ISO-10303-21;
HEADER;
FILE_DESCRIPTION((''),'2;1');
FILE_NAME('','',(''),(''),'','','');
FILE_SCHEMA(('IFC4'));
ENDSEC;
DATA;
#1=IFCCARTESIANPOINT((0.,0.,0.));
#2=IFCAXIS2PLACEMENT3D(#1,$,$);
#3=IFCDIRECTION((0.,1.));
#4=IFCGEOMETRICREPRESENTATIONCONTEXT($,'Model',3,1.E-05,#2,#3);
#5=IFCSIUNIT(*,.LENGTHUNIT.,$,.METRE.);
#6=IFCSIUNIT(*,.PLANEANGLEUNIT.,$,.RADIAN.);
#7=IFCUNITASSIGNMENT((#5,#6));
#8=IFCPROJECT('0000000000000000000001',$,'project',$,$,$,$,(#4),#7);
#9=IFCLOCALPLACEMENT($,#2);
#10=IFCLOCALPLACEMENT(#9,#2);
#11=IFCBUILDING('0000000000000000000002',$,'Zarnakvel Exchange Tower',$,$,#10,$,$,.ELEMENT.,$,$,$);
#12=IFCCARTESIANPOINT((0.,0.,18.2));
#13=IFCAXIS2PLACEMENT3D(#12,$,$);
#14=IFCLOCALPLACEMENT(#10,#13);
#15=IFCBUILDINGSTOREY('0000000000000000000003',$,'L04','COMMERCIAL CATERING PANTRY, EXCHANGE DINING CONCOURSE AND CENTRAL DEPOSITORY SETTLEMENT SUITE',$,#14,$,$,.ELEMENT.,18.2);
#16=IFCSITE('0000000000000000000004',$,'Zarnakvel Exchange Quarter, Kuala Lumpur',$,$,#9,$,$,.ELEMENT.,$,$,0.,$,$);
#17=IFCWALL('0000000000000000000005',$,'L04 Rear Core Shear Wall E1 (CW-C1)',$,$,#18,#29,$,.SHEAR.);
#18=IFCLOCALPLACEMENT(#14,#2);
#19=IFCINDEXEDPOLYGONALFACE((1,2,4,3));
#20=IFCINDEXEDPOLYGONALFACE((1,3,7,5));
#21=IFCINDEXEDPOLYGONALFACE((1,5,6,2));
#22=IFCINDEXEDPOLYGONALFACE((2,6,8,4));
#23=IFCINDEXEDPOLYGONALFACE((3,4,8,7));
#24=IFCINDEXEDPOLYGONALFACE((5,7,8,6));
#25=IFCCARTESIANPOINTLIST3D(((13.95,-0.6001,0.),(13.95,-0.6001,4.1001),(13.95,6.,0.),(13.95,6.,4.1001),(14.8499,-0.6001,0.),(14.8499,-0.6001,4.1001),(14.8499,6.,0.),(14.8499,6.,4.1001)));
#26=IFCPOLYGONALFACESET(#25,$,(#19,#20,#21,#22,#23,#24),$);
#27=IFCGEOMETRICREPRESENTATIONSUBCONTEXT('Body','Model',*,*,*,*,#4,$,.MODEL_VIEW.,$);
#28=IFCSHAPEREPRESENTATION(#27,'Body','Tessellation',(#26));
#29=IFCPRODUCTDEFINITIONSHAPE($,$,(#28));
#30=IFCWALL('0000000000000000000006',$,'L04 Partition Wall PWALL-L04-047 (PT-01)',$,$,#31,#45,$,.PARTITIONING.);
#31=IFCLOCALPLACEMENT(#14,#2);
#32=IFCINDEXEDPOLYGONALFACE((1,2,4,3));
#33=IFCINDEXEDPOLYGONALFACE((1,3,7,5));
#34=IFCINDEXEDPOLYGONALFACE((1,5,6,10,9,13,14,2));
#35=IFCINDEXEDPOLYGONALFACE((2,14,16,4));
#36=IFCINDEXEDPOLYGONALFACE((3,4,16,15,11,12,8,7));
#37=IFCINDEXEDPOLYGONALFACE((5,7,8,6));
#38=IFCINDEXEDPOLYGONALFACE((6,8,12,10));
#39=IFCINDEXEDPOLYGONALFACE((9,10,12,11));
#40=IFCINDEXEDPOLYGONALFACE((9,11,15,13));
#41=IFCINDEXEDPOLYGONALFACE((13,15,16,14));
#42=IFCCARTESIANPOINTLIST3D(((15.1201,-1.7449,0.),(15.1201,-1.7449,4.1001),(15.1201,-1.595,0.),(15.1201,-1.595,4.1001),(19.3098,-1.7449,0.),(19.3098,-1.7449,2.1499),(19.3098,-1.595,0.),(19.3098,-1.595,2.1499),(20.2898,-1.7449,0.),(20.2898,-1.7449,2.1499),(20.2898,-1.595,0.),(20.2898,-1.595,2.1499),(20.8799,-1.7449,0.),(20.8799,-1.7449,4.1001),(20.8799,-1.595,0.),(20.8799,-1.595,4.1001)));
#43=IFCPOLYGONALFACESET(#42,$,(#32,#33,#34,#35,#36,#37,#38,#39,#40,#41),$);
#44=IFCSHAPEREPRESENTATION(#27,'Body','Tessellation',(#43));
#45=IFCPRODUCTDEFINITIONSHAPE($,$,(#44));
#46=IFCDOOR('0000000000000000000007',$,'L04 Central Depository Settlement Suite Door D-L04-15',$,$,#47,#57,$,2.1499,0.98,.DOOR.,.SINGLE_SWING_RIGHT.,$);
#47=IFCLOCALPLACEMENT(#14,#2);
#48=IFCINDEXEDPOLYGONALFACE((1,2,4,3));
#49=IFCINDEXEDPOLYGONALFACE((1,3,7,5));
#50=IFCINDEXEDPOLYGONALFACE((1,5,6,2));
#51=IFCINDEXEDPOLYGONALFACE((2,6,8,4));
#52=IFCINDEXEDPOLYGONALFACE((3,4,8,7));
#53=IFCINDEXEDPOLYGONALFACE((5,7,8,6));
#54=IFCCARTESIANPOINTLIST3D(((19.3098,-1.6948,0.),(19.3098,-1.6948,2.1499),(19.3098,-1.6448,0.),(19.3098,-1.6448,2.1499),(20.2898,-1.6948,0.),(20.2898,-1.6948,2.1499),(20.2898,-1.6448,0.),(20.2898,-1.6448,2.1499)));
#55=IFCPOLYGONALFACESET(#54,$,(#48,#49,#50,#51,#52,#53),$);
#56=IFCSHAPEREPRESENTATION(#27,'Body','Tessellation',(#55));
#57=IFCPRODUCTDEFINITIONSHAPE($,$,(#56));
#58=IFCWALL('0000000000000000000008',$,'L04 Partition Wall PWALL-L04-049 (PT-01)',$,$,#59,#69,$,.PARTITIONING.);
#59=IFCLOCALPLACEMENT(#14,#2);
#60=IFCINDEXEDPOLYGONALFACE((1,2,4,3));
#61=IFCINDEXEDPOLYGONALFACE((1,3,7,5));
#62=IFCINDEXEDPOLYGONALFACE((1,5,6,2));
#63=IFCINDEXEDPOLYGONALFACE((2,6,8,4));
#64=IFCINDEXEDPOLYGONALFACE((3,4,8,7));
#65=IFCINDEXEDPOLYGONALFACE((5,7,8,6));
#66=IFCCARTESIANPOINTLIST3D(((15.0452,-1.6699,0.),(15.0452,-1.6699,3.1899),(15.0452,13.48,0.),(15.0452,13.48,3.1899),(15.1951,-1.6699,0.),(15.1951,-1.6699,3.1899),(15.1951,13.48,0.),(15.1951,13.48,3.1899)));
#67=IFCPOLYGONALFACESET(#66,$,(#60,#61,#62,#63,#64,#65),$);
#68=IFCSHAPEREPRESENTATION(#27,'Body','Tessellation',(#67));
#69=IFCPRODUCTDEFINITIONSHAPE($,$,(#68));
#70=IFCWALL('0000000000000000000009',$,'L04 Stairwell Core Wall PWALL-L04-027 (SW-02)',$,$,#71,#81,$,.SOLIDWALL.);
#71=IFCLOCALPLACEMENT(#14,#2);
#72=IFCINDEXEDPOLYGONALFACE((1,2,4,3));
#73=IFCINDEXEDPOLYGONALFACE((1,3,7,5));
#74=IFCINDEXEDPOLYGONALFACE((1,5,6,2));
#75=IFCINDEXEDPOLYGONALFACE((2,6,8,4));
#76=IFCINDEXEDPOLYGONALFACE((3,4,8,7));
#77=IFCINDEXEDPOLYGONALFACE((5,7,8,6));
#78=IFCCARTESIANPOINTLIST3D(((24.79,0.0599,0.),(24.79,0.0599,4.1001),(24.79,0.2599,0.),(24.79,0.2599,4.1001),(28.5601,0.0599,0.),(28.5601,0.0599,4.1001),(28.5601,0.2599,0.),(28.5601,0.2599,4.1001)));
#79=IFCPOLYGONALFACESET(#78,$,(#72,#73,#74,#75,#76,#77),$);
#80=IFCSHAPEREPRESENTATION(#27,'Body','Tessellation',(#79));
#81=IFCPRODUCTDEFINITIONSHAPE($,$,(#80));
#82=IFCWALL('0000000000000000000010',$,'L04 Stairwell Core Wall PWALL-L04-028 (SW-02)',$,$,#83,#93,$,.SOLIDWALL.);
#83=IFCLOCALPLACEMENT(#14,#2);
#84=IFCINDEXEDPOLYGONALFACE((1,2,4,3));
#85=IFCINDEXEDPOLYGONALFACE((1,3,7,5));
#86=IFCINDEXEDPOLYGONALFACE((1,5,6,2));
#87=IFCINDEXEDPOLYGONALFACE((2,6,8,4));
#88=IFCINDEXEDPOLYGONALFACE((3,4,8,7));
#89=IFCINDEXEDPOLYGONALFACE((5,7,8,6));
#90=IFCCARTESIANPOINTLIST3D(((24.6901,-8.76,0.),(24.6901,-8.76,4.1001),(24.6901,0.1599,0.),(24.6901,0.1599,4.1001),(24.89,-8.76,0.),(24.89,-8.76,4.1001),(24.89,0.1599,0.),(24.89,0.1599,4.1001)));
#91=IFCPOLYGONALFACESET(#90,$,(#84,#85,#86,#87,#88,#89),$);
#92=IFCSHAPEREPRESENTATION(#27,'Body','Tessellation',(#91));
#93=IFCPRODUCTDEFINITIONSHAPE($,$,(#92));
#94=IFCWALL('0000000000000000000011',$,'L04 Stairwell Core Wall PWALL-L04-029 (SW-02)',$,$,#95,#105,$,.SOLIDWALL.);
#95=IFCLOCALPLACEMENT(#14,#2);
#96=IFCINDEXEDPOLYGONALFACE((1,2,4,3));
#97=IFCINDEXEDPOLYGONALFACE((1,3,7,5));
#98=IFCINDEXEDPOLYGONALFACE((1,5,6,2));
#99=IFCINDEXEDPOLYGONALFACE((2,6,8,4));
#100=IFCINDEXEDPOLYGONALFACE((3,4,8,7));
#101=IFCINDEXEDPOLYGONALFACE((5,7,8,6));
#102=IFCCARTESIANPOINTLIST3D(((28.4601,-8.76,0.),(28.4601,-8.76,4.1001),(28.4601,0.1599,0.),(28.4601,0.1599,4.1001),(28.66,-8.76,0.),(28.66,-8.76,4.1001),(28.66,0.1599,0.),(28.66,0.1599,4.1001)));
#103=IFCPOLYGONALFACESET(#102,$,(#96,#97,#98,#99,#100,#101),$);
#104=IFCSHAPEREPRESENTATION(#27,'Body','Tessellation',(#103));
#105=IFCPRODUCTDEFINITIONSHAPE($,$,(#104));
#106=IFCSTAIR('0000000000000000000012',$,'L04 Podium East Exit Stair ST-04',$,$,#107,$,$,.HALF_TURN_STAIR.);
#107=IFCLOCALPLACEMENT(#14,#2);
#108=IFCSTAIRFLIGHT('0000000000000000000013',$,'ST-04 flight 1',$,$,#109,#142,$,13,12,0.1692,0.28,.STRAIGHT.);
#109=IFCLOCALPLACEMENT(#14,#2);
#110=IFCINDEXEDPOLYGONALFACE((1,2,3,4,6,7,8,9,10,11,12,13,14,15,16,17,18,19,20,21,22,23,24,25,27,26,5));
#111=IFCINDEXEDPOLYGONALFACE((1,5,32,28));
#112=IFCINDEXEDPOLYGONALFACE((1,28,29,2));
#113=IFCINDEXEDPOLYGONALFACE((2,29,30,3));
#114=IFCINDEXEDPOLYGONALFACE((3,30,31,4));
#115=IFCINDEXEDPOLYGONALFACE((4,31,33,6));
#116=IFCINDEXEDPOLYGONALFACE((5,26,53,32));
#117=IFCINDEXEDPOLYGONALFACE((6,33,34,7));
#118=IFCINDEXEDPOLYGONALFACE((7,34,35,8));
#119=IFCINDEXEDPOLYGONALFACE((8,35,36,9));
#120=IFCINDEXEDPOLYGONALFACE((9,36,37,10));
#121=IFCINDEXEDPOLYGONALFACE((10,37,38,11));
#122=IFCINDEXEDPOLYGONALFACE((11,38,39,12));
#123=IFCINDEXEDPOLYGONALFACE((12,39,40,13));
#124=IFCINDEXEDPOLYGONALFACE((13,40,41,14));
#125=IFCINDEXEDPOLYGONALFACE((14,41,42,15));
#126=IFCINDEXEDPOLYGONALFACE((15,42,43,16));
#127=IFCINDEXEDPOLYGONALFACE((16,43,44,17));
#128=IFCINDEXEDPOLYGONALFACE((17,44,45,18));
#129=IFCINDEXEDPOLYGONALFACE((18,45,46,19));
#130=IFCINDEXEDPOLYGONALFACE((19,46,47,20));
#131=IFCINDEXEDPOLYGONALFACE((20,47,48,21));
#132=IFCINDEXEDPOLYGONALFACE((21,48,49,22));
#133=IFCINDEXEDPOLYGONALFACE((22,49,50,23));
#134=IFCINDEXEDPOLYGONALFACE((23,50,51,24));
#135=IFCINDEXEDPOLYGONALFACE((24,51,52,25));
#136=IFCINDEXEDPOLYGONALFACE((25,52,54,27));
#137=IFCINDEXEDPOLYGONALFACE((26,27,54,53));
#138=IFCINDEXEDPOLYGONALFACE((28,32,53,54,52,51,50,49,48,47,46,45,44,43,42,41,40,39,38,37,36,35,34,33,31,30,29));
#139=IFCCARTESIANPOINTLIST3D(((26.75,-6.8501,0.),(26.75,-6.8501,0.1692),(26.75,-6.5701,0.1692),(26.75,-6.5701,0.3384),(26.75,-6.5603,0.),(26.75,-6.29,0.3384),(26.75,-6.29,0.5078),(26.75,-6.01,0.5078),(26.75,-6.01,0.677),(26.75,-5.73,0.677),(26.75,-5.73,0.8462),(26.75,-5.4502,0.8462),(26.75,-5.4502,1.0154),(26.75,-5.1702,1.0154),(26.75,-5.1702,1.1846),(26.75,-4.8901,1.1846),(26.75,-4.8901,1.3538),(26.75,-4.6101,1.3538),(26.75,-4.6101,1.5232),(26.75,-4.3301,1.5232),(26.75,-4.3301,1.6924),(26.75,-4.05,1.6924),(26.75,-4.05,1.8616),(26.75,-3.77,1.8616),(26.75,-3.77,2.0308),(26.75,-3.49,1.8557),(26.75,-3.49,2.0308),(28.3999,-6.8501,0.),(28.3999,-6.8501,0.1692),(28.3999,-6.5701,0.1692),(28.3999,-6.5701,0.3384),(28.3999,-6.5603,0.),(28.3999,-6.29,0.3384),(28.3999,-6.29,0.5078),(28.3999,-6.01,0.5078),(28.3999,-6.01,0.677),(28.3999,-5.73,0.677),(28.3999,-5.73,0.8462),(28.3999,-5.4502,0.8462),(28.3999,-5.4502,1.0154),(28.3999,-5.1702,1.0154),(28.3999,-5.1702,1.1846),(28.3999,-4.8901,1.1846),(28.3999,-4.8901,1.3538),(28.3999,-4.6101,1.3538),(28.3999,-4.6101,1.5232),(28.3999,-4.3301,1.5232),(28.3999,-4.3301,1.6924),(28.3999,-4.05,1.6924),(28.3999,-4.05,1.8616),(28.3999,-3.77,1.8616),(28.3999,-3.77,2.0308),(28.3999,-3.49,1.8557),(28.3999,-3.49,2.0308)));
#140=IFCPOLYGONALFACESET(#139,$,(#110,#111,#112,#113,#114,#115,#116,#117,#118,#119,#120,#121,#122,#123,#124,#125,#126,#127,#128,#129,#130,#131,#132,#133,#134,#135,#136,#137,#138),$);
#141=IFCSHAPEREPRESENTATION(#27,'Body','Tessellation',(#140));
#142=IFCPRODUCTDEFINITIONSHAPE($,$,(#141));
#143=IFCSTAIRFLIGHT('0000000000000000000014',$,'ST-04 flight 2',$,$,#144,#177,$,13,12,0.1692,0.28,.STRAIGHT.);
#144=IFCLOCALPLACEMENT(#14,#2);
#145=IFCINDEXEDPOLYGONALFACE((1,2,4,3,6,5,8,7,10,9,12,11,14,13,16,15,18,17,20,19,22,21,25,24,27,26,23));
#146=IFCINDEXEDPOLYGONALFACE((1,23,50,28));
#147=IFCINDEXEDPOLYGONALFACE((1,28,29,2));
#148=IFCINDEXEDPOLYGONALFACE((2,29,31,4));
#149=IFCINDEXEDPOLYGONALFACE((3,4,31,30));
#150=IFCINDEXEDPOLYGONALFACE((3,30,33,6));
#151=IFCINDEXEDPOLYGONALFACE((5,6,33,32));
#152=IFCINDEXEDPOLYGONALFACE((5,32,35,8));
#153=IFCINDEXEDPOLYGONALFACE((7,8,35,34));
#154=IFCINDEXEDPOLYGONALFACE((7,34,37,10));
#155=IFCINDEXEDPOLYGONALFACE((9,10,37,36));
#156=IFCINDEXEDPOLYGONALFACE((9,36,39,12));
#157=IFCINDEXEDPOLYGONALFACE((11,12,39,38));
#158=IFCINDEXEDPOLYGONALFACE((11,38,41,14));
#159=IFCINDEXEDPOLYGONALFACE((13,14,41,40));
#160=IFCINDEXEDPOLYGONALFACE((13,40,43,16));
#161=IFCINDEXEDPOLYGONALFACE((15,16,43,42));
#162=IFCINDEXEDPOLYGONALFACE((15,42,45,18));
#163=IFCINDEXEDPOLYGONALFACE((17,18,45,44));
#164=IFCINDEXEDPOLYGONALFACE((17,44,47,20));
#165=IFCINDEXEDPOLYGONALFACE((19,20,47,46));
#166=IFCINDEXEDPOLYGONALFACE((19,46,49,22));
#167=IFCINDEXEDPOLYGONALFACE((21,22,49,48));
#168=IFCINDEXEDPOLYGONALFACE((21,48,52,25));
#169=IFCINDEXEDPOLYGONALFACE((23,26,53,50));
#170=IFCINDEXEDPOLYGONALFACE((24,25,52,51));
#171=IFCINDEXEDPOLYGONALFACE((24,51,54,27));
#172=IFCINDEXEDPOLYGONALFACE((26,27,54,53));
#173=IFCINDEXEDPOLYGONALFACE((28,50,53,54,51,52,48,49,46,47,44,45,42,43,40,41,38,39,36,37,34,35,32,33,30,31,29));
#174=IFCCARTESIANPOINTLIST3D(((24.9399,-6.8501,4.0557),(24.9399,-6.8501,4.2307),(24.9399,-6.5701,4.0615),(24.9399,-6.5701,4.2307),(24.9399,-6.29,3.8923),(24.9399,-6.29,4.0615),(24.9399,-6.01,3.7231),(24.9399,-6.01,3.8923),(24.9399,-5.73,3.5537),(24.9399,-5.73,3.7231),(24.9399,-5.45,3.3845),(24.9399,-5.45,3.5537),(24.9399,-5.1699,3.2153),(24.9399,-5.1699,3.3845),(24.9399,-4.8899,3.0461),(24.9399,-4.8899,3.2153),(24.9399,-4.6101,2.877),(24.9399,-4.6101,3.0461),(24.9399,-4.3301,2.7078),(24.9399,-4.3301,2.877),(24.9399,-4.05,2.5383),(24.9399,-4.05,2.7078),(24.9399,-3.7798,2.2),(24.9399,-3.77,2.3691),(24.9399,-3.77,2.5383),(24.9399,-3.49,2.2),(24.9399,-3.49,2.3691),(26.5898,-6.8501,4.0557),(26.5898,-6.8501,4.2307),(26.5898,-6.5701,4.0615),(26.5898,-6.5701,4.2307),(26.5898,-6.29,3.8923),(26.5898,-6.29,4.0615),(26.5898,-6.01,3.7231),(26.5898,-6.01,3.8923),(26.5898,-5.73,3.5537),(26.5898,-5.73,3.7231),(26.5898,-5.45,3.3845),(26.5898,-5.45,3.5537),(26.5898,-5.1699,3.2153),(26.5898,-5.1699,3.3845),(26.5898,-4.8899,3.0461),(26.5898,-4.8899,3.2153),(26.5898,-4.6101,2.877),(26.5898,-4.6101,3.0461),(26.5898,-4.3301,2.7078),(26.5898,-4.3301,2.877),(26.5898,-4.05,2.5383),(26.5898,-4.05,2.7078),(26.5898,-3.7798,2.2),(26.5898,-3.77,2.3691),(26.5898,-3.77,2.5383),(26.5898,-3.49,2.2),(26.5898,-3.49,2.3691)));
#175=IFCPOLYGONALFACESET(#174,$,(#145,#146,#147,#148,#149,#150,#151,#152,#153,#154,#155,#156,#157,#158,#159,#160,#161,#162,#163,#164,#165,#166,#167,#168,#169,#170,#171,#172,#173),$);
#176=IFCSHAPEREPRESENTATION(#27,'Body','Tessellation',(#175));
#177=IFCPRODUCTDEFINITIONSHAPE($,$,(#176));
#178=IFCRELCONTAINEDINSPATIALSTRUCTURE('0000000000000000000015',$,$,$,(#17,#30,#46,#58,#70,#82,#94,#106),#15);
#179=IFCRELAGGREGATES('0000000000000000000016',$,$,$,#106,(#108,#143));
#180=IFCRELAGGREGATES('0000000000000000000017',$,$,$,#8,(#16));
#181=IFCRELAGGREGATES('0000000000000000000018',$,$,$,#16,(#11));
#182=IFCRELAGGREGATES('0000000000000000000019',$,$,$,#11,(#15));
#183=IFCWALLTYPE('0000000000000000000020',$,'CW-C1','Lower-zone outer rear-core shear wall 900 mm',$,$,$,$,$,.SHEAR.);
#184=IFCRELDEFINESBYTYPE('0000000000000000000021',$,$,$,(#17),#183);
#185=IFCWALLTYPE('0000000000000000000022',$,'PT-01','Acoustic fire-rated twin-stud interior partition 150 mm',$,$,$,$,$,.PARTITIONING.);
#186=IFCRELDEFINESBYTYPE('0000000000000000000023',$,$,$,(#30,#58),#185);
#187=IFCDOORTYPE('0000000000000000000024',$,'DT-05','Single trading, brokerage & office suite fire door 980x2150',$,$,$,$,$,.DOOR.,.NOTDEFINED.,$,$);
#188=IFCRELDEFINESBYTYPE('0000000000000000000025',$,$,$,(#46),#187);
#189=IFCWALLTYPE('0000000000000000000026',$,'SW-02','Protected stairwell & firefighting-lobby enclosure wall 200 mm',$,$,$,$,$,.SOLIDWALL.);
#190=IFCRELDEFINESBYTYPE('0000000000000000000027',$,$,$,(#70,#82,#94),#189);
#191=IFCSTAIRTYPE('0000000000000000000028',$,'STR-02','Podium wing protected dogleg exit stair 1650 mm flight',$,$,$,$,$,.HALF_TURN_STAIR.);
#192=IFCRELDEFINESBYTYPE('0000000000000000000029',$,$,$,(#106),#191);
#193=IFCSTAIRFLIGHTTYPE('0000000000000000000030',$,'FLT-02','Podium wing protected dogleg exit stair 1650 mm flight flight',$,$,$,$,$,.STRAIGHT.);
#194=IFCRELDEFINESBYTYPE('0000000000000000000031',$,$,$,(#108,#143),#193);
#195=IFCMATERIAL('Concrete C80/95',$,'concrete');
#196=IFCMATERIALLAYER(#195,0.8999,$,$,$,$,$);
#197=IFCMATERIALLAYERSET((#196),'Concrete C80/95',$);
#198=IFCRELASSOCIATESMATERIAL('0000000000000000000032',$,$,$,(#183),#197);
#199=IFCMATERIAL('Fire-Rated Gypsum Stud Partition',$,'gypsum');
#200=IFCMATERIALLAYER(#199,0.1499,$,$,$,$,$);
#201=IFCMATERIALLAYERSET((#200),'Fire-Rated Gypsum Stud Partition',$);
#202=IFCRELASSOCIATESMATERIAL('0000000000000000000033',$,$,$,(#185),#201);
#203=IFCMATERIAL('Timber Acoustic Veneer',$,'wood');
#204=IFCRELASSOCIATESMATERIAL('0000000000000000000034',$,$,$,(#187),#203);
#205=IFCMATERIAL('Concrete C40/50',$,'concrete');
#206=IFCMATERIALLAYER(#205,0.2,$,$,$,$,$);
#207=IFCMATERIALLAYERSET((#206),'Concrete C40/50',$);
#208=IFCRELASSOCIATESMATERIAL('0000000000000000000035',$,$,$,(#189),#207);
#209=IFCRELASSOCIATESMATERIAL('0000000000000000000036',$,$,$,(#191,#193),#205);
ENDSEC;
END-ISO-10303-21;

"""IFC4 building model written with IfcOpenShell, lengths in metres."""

from ifc_helpers import new_model, si_unit, direction, frame, frame_2d, origin, place, context, subcontext, project, spatial, polyline, rectangle, outline, extrude, source, transform, mapped, material, layer, layer_set, type_object, element, fill, aggregate, save


model = new_model("IFC4")

# Units and contexts
model_context = context("Model", 3, precision=1e-05, world=origin(), true_north=direction((0.0, 1.0)))
body_context = subcontext(model_context, "Body", "Model", "MODEL_VIEW")
ifc_project = project(units=[si_unit("LENGTHUNIT", "METRE"), si_unit("PLANEANGLEUNIT", "RADIAN")], contexts=[model_context])

# Site, building, storey
site_placement = place(None, origin())
site = spatial("IfcSite", under=ifc_project, at=site_placement, Name="Zarnakvel Exchange Quarter, Kuala Lumpur", CompositionType="ELEMENT", RefElevation=0.0)
building_placement = place(site_placement, origin())
building = spatial("IfcBuilding", under=site, at=building_placement, Name="Zarnakvel Exchange Tower", CompositionType="ELEMENT")
storey_placement = place(building_placement, frame((0.0, 0.0, 18.2)))
storey = spatial("IfcBuildingStorey", under=building, at=storey_placement, Name="L04", Description="COMMERCIAL CATERING PANTRY, EXCHANGE DINING CONCOURSE AND CENTRAL DEPOSITORY SETTLEMENT SUITE", CompositionType="ELEMENT", Elevation=18.2)

# Shared definitions
ifc_material_1 = material(Name="Concrete C80/95", Category="concrete")

# Wall
ifc_layer_1 = layer(ifc_material_1, 0.8999)
ifc_layer_set_1 = layer_set([ifc_layer_1], Name="Concrete C80/95")
wall_type_1 = type_object("IfcWallType", Name="CW-C1", Description="Lower-zone outer rear-core shear wall 900 mm", PredefinedType="SHEAR", material=ifc_layer_set_1)
wall_1_placement = place(storey_placement, frame((14.3999, -0.6001, 0.0), z_axis=(0.0, 0.0, 1.0), x_axis=(0.0, 1.0, 0.0)))
element("IfcWall", 1, at=wall_1_placement, inside=storey, type_object=wall_type_1, Name="L04 Rear Core Shear Wall E1 (CW-C1)", PredefinedType="SHEAR", context=body_context, shape_type="SweptSolid", body=[
    extrude(rectangle(XDim=6.6001, YDim=0.8999, at=frame_2d((3.3, 0.0))), origin(), (0.0, 0.0, 1.0), 4.1001),
])

# Wall, opening, door
ifc_material_2 = material(Name="Fire-Rated Gypsum Stud Partition", Category="gypsum")
ifc_layer_2 = layer(ifc_material_2, 0.1499)
ifc_layer_set_2 = layer_set([ifc_layer_2], Name="Fire-Rated Gypsum Stud Partition")
wall_type_2 = type_object("IfcWallType", Name="PT-01", Description="Acoustic fire-rated twin-stud interior partition 150 mm", PredefinedType="PARTITIONING", material=ifc_layer_set_2)
wall_2_placement = place(storey_placement, frame((20.8799, -1.6699, 0.0), z_axis=(0.0, 0.0, 1.0), x_axis=(-1.0, 0.0, 0.0)))
wall_2 = element("IfcWall", 2, at=wall_2_placement, inside=storey, type_object=wall_type_2, Name="L04 Partition Wall PWALL-L04-047 (PT-01)", PredefinedType="PARTITIONING", context=body_context, shape_type="SweptSolid", body=[
    extrude(rectangle(XDim=5.7598, YDim=0.1499, at=frame_2d((2.8799, 0.0))), origin(), (0.0, 0.0, 1.0), 4.1001),
])
opening_1_placement = place(wall_2_placement, frame((0.5901, 0.0, 0.0)))
opening_1 = element("IfcOpeningElement", 3, at=opening_1_placement, cuts=wall_2, PredefinedType="OPENING", context=body_context, shape_type="SweptSolid", body=[
    extrude(rectangle(XDim=0.98, YDim=2.1499, at=frame_2d((0.49, 1.075))), frame((0.0, 0.085, 0.0), z_axis=(0.0, -1.0, 0.0), x_axis=(1.0, 0.0, 0.0)), (0.0, 0.0, 1.0), 0.1699),
])
ifc_material_3 = material(Name="Timber Acoustic Veneer", Category="wood")
door_type_1 = type_object("IfcDoorType", Name="DT-05", Description="Single trading, brokerage & office suite fire door 980x2150", OperationType="NOTDEFINED", PredefinedType="DOOR", material=ifc_material_3)
shared_shape_1 = source(origin(), body_context, "Body", "SweptSolid", [
    extrude(rectangle(XDim=0.98, YDim=2.1499, at=frame_2d((0.49, 1.075))), frame((0.0, 0.0249, 0.0), z_axis=(0.0, -1.0, 0.0), x_axis=(1.0, 0.0, 0.0)), (0.0, 0.0, 1.0), 0.05),
])
door_1_placement = place(opening_1_placement, origin())
door_1 = element("IfcDoor", 4, at=door_1_placement, inside=storey, type_object=door_type_1, Name="L04 Central Depository Settlement Suite Door D-L04-15", OperationType="SINGLE_SWING_RIGHT", OverallHeight=2.1499, OverallWidth=0.98, PredefinedType="DOOR", context=body_context, shape_type="MappedRepresentation", body=[
    mapped(shared_shape_1, transform((0.0, 0.0, 0.0), x_axis=(1.0, 0.0, 0.0), y_axis=(0.0, 1.0, 0.0), z_axis=(0.0, 0.0, 1.0), scale=1.0)),
])
fill(opening_1, door_1)

# Wall
wall_3_placement = place(storey_placement, frame((15.1201, -1.6699, 0.0), z_axis=(0.0, 0.0, 1.0), x_axis=(0.0, 1.0, 0.0)))
element("IfcWall", 5, at=wall_3_placement, inside=storey, type_object=wall_type_2, Name="L04 Partition Wall PWALL-L04-049 (PT-01)", PredefinedType="PARTITIONING", context=body_context, shape_type="SweptSolid", body=[
    extrude(rectangle(XDim=15.1499, YDim=0.1499, at=frame_2d((7.575, 0.0))), origin(), (0.0, 0.0, 1.0), 3.1899),
])

# Shared definitions
ifc_material_4 = material(Name="Concrete C40/50", Category="concrete")
ifc_layer_3 = layer(ifc_material_4, 0.2)
ifc_layer_set_3 = layer_set([ifc_layer_3], Name="Concrete C40/50")
wall_type_3 = type_object("IfcWallType", Name="SW-02", Description="Protected stairwell & firefighting-lobby enclosure wall 200 mm", PredefinedType="SOLIDWALL", material=ifc_layer_set_3)

# Walls
wall_4_placement = place(storey_placement, frame((24.79, 0.1599, 0.0), z_axis=(0.0, 0.0, 1.0), x_axis=(1.0, 0.0, 0.0)))
element("IfcWall", 6, at=wall_4_placement, inside=storey, type_object=wall_type_3, Name="L04 Stairwell Core Wall PWALL-L04-027 (SW-02)", PredefinedType="SOLIDWALL", context=body_context, shape_type="SweptSolid", body=[
    extrude(rectangle(XDim=3.77, YDim=0.2, at=frame_2d((1.885, 0.0))), origin(), (0.0, 0.0, 1.0), 4.1001),
])
for number, where, z_axis, x_axis, name in (
    (7, (24.79, -8.76, 0.0), (0.0, 0.0, 1.0), (0.0, 1.0, 0.0), "L04 Stairwell Core Wall PWALL-L04-028 (SW-02)"),
    (8, (28.5601, 0.1599, 0.0), (0.0, 0.0, 1.0), (0.0, -1.0, 0.0), "L04 Stairwell Core Wall PWALL-L04-029 (SW-02)"),
):
    element("IfcWall", number, at=place(storey_placement, frame(where, z_axis=z_axis, x_axis=x_axis)), inside=storey, type_object=wall_type_3, Name=name, PredefinedType="SOLIDWALL", context=body_context, shape_type="SweptSolid", body=[
        extrude(rectangle(XDim=8.9199, YDim=0.2, at=frame_2d((4.46, 0.0))), origin(), (0.0, 0.0, 1.0), 4.1001),
    ])

# Stair, stair flights
stair_type = type_object("IfcStairType", Name="STR-02", Description="Podium wing protected dogleg exit stair 1650 mm flight", PredefinedType="HALF_TURN_STAIR", material=ifc_material_4)
stair_placement = place(storey_placement, origin())
stair = element("IfcStair", 9, at=stair_placement, inside=storey, type_object=stair_type, Name="L04 Podium East Exit Stair ST-04", PredefinedType="HALF_TURN_STAIR")
stair_flight_type = type_object("IfcStairFlightType", Name="FLT-02", Description="Podium wing protected dogleg exit stair 1650 mm flight flight", PredefinedType="STRAIGHT", material=ifc_material_4)
stair_flight_1_placement = place(storey_placement, frame((27.575, -6.8501, 0.0), z_axis=(0.0, 0.0, 1.0), x_axis=(0.0, 1.0, 0.0)))
stair_flight_1 = element("IfcStairFlight", 10, at=stair_flight_1_placement, type_object=stair_flight_type, Name="ST-04 flight 1", NumberOfRisers=13, NumberOfTreads=12, PredefinedType="STRAIGHT", RiserHeight=0.1692, TreadLength=0.28, context=body_context, shape_type="SweptSolid", body=[
    extrude(outline(polyline([(0.0, 0.0), (0.0, 0.1692), (0.28, 0.1692), (0.28, 0.3384), (0.5601, 0.3384), (0.5601, 0.5078), (0.8401, 0.5078), (0.8401, 0.677), (1.1201, 0.677), (1.1201, 0.8462), (1.3999, 0.8462), (1.3999, 1.0154), (1.6799, 1.0154), (1.6799, 1.1846), (1.96, 1.1846), (1.96, 1.3538), (2.24, 1.3538), (2.24, 1.5232), (2.52, 1.5232), (2.52, 1.6924), (2.8, 1.6924), (2.8, 1.8616), (3.0801, 1.8616), (3.0801, 2.0308), (3.3601, 2.0308), (3.3601, 2.2), (3.3601, 1.8557), (0.2898, 0.0), (0.0, 0.0)])), frame((0.0, 0.825, 0.0), z_axis=(0.0, -1.0, 0.0), x_axis=(1.0, 0.0, 0.0)), (0.0, 0.0, 1.0), 1.6499),
])
stair_flight_2_placement = place(storey_placement, frame((25.7649, -3.49, 2.2), z_axis=(0.0, 0.0, 1.0), x_axis=(0.0, -1.0, 0.0)))
stair_flight_2 = element("IfcStairFlight", 11, at=stair_flight_2_placement, type_object=stair_flight_type, Name="ST-04 flight 2", NumberOfRisers=13, NumberOfTreads=12, PredefinedType="STRAIGHT", RiserHeight=0.1692, TreadLength=0.28, context=body_context, shape_type="SweptSolid", body=[
    extrude(outline(polyline([(0.0, 0.0), (0.0, 0.1692), (0.28, 0.1692), (0.28, 0.3384), (0.5601, 0.3384), (0.5601, 0.5078), (0.8401, 0.5078), (0.8401, 0.677), (1.1201, 0.677), (1.1201, 0.8462), (1.3999, 0.8462), (1.3999, 1.0154), (1.6799, 1.0154), (1.6799, 1.1846), (1.96, 1.1846), (1.96, 1.3538), (2.24, 1.3538), (2.24, 1.5232), (2.52, 1.5232), (2.52, 1.6924), (2.8, 1.6924), (2.8, 1.8616), (3.0801, 1.8616), (3.0801, 2.0308), (3.3601, 2.0308), (3.3601, 2.2), (3.3601, 1.8557), (0.2898, 0.0), (0.0, 0.0)])), frame((0.0, 0.825, 0.0), z_axis=(0.0, -1.0, 0.0), x_axis=(1.0, 0.0, 0.0)), (0.0, 0.0, 1.0), 1.6499),
])
aggregate(stair, [stair_flight_1, stair_flight_2])

save(model, "model.ifc")
